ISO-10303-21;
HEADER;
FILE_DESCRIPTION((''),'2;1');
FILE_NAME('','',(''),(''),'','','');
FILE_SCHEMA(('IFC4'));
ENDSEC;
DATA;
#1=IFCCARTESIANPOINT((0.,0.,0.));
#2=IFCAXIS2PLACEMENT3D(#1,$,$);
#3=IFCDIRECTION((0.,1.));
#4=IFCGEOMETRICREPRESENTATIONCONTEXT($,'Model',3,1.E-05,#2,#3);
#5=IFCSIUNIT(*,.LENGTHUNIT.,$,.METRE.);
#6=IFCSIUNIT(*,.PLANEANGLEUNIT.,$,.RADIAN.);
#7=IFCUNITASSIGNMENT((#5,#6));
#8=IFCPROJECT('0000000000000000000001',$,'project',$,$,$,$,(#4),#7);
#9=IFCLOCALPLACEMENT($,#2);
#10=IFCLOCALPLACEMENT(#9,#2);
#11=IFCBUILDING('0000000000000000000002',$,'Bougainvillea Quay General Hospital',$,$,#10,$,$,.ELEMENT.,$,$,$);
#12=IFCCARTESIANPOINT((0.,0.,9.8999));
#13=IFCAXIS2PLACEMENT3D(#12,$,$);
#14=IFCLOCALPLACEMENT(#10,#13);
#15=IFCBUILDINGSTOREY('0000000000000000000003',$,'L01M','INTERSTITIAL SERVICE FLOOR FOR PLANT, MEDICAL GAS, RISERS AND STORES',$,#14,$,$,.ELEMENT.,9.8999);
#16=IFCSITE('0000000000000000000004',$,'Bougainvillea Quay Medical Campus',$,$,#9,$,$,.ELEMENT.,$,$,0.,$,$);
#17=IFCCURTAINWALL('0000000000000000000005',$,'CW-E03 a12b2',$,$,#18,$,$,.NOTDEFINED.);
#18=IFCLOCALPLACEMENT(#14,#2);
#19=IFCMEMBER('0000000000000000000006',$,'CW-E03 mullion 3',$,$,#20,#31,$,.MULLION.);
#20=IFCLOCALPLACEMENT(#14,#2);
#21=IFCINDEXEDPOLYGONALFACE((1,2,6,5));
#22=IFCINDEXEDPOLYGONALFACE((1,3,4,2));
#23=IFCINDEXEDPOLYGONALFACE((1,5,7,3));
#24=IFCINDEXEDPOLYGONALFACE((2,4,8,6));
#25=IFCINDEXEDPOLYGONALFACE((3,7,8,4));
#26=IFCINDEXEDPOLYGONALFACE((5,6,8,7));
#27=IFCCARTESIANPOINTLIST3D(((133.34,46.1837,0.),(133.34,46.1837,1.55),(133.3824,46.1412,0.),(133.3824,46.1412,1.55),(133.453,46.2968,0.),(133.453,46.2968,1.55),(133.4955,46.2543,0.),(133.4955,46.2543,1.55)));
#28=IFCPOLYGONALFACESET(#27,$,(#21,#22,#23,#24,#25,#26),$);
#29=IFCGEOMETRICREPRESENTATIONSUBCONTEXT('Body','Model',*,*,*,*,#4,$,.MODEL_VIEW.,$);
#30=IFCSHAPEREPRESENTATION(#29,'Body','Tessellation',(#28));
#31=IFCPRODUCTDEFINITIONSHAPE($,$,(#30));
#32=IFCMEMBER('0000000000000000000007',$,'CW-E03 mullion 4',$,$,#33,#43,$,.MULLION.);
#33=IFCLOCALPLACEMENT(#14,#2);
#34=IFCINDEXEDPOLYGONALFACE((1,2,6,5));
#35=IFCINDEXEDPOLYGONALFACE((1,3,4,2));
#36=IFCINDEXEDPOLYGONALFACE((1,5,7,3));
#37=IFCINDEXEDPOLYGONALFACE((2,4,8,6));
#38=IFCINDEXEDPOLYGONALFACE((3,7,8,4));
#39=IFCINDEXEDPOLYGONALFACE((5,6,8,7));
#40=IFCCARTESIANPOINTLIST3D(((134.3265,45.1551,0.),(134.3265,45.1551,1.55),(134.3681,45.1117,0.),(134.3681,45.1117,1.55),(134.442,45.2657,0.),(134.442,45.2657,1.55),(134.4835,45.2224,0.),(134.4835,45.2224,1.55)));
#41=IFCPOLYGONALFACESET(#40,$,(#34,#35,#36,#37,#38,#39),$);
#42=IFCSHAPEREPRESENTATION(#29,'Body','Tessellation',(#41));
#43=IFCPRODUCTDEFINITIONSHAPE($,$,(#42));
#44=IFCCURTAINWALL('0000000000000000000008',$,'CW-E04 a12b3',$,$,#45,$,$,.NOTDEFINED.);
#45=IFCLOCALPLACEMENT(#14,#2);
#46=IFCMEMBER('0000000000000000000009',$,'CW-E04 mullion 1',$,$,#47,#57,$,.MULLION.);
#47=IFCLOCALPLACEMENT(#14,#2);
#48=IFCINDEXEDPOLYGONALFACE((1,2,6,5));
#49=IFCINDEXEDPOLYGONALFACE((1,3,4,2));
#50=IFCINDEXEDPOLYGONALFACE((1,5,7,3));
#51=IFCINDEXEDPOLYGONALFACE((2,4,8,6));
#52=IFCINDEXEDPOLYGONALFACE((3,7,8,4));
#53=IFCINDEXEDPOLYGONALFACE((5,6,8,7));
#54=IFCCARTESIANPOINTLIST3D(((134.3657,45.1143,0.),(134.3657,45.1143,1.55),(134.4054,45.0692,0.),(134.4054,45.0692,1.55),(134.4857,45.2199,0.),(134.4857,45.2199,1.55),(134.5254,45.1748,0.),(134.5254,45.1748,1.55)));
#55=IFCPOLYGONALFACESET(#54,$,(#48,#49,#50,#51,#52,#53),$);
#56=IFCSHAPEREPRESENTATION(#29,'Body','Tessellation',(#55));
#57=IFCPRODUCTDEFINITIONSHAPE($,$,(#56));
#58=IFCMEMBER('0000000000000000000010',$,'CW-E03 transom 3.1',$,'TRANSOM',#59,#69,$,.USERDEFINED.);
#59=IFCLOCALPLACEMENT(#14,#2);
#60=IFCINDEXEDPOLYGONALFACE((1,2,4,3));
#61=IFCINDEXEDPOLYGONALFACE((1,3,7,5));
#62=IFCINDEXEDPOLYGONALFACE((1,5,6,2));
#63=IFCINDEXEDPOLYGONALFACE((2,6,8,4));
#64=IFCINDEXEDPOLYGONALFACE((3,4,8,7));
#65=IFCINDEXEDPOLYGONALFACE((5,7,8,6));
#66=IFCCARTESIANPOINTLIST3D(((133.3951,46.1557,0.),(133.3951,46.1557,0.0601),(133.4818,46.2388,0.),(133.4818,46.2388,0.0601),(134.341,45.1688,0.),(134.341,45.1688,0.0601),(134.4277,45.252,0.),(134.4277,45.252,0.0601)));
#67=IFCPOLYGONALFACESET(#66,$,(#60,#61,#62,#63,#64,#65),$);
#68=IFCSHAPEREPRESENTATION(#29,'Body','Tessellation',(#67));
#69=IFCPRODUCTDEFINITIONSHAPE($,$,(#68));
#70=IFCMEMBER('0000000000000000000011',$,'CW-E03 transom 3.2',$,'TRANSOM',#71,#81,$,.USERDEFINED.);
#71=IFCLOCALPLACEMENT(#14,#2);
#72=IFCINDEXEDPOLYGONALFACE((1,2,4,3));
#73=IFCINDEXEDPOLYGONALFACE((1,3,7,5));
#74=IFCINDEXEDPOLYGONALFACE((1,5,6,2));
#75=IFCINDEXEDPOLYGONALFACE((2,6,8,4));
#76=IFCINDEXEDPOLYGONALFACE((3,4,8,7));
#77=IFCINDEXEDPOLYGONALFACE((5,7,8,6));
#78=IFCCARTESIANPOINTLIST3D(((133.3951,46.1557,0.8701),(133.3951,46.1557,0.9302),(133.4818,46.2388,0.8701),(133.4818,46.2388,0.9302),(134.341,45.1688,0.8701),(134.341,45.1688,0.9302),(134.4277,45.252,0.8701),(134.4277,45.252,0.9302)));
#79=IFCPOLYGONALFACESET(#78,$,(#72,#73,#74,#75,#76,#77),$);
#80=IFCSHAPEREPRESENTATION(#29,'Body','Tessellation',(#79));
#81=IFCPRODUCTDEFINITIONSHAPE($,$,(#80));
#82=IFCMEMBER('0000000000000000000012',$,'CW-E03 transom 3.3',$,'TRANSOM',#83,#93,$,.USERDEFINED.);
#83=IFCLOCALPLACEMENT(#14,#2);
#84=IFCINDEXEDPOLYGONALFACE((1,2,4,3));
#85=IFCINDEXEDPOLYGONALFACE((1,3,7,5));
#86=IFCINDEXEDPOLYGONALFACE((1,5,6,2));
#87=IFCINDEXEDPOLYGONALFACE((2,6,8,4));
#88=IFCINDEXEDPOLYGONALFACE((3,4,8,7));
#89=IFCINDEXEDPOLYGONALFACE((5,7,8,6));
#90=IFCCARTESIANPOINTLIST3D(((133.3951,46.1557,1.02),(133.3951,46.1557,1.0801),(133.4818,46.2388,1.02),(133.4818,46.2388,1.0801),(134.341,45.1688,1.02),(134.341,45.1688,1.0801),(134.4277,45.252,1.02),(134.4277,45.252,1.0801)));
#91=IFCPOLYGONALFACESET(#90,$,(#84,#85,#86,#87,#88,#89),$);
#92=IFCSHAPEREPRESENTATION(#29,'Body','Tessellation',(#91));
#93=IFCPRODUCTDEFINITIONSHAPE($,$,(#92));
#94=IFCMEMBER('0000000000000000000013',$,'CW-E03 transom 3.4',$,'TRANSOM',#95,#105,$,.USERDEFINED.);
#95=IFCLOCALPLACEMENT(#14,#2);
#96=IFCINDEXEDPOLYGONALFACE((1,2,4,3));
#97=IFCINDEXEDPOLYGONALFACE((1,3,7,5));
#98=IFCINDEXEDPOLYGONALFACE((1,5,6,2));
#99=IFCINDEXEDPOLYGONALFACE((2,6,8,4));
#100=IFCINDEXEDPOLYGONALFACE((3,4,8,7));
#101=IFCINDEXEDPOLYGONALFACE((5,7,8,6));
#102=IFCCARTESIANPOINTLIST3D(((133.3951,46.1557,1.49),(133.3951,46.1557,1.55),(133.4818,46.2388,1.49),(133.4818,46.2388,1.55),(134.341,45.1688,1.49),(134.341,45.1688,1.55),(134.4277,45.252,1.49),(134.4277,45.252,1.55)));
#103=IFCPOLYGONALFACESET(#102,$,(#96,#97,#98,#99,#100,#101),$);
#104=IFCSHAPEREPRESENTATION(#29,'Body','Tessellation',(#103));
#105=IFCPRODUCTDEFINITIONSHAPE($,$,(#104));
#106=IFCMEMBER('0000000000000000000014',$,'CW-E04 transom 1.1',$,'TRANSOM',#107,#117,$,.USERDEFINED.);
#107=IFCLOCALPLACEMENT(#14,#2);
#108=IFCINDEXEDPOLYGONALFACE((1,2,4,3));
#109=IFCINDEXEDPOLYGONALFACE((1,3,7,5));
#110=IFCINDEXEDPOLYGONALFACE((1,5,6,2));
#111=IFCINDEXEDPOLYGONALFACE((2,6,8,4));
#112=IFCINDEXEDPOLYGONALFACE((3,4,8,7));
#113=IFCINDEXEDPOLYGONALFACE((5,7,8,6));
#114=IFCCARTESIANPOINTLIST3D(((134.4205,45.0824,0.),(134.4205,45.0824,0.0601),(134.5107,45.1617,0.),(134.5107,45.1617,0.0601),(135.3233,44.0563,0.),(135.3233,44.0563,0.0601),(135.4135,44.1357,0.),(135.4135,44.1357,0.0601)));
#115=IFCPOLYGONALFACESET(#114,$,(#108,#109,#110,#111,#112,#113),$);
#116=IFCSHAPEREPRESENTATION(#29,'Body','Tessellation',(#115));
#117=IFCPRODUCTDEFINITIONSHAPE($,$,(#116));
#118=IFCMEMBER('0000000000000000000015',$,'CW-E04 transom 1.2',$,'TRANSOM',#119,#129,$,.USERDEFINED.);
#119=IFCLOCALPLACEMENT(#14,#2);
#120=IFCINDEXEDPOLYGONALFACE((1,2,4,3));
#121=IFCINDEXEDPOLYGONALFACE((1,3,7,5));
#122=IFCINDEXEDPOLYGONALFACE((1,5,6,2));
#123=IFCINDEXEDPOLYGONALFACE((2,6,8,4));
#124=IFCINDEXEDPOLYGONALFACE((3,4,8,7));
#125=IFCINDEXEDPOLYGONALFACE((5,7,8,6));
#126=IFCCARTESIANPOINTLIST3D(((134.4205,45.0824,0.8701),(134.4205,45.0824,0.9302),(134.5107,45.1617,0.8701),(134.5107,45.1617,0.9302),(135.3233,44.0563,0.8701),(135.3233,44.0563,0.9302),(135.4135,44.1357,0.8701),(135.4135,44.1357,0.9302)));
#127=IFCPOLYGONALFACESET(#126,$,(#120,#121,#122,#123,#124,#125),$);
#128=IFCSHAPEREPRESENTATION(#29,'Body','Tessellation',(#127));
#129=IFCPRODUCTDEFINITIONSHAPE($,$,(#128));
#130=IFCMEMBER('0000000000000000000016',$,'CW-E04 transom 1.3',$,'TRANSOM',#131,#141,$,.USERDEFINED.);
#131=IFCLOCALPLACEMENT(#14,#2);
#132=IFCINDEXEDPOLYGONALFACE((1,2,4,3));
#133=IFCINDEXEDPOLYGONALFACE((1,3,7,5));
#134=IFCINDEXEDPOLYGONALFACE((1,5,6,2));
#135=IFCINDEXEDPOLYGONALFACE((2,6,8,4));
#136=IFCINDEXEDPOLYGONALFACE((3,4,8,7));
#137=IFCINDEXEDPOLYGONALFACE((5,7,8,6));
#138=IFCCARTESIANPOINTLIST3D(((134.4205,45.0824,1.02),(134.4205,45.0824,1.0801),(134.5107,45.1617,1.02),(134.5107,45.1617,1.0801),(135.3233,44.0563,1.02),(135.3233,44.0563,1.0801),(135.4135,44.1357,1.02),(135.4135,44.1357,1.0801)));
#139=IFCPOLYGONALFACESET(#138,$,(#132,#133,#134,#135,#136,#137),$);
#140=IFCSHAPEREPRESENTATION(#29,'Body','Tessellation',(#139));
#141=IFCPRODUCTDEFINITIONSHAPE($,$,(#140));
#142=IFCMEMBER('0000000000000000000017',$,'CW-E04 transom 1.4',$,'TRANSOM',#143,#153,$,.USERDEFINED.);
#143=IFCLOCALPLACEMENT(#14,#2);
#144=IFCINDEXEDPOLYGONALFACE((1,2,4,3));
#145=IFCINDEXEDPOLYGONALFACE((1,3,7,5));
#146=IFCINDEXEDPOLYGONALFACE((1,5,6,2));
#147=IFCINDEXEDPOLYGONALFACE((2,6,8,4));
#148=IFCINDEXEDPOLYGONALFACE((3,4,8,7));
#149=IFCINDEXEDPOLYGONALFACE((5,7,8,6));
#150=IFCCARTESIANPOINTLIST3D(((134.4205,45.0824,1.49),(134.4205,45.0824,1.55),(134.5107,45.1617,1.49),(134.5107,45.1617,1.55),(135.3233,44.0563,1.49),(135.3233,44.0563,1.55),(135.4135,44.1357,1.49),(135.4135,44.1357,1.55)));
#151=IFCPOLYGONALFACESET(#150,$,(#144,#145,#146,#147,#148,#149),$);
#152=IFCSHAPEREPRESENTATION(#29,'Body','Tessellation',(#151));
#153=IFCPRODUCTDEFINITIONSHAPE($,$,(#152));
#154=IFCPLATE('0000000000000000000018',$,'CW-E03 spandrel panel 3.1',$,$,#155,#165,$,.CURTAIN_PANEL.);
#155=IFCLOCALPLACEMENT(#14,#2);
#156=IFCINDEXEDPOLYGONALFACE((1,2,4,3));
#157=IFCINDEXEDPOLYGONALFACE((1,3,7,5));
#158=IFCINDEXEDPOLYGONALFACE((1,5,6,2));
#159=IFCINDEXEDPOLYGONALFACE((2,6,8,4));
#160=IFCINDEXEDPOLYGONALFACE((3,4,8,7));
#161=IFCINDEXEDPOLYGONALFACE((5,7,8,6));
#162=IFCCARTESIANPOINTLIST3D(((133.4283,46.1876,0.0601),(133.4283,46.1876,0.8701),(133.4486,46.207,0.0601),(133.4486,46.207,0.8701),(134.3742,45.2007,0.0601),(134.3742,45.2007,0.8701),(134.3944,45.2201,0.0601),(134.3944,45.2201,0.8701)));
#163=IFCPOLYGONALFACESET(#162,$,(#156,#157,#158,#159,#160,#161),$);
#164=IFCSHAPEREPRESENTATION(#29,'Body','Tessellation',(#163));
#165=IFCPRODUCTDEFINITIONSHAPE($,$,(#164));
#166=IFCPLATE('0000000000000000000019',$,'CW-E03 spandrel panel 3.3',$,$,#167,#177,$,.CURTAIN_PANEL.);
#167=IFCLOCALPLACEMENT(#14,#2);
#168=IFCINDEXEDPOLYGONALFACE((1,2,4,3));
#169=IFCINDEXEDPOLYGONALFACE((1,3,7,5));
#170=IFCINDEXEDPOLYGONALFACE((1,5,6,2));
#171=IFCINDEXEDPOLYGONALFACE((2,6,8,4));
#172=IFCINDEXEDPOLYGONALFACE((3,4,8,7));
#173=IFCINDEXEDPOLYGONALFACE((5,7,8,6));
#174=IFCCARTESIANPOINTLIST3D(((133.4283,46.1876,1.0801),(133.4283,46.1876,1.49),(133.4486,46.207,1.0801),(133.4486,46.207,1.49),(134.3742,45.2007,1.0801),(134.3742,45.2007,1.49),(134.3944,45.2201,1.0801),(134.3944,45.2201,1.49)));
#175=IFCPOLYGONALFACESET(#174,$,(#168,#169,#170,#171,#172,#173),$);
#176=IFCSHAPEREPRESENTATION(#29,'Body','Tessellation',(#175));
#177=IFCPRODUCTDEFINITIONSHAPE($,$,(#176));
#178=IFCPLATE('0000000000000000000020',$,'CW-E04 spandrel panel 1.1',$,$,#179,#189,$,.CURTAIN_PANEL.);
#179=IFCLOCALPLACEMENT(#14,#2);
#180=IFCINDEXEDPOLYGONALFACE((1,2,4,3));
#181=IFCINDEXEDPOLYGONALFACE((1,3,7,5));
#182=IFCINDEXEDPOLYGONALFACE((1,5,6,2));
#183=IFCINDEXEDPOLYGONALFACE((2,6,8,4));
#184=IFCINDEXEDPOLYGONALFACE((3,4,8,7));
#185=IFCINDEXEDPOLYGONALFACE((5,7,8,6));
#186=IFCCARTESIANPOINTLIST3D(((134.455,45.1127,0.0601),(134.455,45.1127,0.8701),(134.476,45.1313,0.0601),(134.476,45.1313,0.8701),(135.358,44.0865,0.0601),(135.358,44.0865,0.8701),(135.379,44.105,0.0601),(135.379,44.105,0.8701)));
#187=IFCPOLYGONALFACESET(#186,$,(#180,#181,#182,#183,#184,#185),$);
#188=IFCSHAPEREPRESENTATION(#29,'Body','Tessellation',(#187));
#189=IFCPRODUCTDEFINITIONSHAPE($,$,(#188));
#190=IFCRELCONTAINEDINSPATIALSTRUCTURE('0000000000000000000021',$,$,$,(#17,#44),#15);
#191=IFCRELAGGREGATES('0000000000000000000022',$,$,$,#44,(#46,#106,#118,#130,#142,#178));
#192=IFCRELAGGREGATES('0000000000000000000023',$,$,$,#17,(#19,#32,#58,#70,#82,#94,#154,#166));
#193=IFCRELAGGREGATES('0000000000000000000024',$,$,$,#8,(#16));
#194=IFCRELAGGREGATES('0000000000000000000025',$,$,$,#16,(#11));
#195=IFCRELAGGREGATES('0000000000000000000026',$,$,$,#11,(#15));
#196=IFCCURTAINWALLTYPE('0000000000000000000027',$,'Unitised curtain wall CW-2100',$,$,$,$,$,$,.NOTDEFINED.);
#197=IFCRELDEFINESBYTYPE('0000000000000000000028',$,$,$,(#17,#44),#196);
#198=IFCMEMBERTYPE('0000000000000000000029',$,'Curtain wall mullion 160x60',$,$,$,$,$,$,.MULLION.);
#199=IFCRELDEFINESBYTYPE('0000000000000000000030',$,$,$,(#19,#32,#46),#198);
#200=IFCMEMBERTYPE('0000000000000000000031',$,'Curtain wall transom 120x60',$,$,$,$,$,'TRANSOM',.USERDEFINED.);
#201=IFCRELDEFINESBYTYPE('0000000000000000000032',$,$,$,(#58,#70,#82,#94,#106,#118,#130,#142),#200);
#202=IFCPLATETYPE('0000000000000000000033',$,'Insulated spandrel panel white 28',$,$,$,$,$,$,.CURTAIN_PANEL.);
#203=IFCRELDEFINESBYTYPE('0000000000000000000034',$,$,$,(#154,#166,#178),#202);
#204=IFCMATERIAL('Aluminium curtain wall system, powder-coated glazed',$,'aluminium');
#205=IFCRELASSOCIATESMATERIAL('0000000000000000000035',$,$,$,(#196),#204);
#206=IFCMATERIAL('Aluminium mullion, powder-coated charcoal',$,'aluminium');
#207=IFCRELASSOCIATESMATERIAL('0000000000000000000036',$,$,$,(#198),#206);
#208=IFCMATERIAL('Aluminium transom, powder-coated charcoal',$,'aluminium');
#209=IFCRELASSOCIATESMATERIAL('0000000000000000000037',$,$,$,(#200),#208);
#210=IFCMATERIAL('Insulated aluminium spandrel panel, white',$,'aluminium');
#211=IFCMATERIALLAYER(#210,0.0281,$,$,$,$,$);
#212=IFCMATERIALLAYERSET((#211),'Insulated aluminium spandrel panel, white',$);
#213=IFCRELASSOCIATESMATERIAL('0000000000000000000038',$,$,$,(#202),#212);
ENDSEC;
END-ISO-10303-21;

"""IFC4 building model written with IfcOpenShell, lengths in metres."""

from ifc_helpers import new_model, si_unit, direction, frame, origin, origin_2d, place, context, subcontext, project, spatial, rectangle, extrude, material, layer, layer_set, material_profile, profile_set, type_object, element, aggregate, save


model = new_model("IFC4")

# Units and contexts
model_context = context("Model", 3, precision=1e-05, world=origin(), true_north=direction((0.0, 1.0)))
body_context = subcontext(model_context, "Body", "Model", "MODEL_VIEW")
ifc_project = project(units=[si_unit("LENGTHUNIT", "METRE"), si_unit("PLANEANGLEUNIT", "RADIAN")], contexts=[model_context])

# Site, building, storey
site_placement = place(None, origin())
site = spatial("IfcSite", under=ifc_project, at=site_placement, Name="Bougainvillea Quay Medical Campus", CompositionType="ELEMENT", RefElevation=0.0)
building_placement = place(site_placement, origin())
building = spatial("IfcBuilding", under=site, at=building_placement, Name="Bougainvillea Quay General Hospital", CompositionType="ELEMENT")
storey_placement = place(building_placement, frame((0.0, 0.0, 9.8999)))
storey = spatial("IfcBuildingStorey", under=building, at=storey_placement, Name="L01M", Description="INTERSTITIAL SERVICE FLOOR FOR PLANT, MEDICAL GAS, RISERS AND STORES", CompositionType="ELEMENT", Elevation=9.8999)

# Curtain wall, members
ifc_material_1 = material(Name="Aluminium curtain wall system, powder-coated glazed", Category="aluminium")
curtain_wall_type = type_object("IfcCurtainWallType", Name="Unitised curtain wall CW-2100", PredefinedType="NOTDEFINED", material=ifc_material_1)
curtain_wall_1_placement = place(storey_placement, origin())
curtain_wall_1 = element("IfcCurtainWall", 1, at=curtain_wall_1_placement, inside=storey, type_object=curtain_wall_type, Name="CW-E03 a12b2", PredefinedType="NOTDEFINED")
ifc_material_2 = material(Name="Aluminium mullion, powder-coated charcoal", Category="aluminium")
ifc_material_profile_1 = material_profile(ifc_material_2, rectangle(XDim=0.1599, YDim=0.0601, at=origin_2d()))
ifc_profile_set_1 = profile_set([ifc_material_profile_1], Name="Aluminium mullion, powder-coated charcoal")
member_type_1 = type_object("IfcMemberType", Name="Curtain wall mullion 160x60", PredefinedType="MULLION", material=ifc_profile_set_1)
member_1_placement = place(storey_placement, frame((133.4177, 46.219, 0.0), z_axis=(0.0, 0.0, 1.0), x_axis=(0.70709, 0.707123, 0.0)))
member_1 = element("IfcMember", 2, at=member_1_placement, type_object=member_type_1, Name="CW-E03 mullion 3", PredefinedType="MULLION", context=body_context, shape_type="SweptSolid", body=[
    extrude(rectangle(XDim=0.1599, YDim=0.0601, at=origin_2d()), origin(), (0.0, 0.0, 1.0), 1.55),
])
member_2_placement = place(storey_placement, frame((134.405, 45.1887, 0.0), z_axis=(0.0, 0.0, 1.0), x_axis=(0.72197, 0.691925, 0.0)))
member_2 = element("IfcMember", 3, at=member_2_placement, type_object=member_type_1, Name="CW-E03 mullion 4", PredefinedType="MULLION", context=body_context, shape_type="SweptSolid", body=[
    extrude(rectangle(XDim=0.1599, YDim=0.0601, at=origin_2d()), origin(), (0.0, 0.0, 1.0), 1.55),
])

# Curtain wall, member
curtain_wall_2_placement = place(storey_placement, origin())
curtain_wall_2 = element("IfcCurtainWall", 4, at=curtain_wall_2_placement, inside=storey, type_object=curtain_wall_type, Name="CW-E04 a12b3", PredefinedType="NOTDEFINED")
member_3_placement = place(storey_placement, frame((134.4456, 45.1445, 0.0), z_axis=(0.0, 0.0, 1.0), x_axis=(0.750742, 0.660596, 0.0)))
member_3 = element("IfcMember", 5, at=member_3_placement, type_object=member_type_1, Name="CW-E04 mullion 1", PredefinedType="MULLION", context=body_context, shape_type="SweptSolid", body=[
    extrude(rectangle(XDim=0.1599, YDim=0.0601, at=origin_2d()), origin(), (0.0, 0.0, 1.0), 1.55),
])

# Members
ifc_material_3 = material(Name="Aluminium transom, powder-coated charcoal", Category="aluminium")
ifc_material_profile_2 = material_profile(ifc_material_3, rectangle(XDim=0.1201, YDim=0.0601, at=origin_2d()))
ifc_profile_set_2 = profile_set([ifc_material_profile_2], Name="Aluminium transom, powder-coated charcoal")
member_type_2 = type_object("IfcMemberType", Name="Curtain wall transom 120x60", ElementType="TRANSOM", PredefinedType="USERDEFINED", material=ifc_profile_set_2)
member_4_placement = place(storey_placement, frame((133.4385, 46.1973, 0.03), z_axis=(0.691944, -0.721951, 0.0), x_axis=(0.721951, 0.691944, 0.0)))
member_4 = element("IfcMember", 6, at=member_4_placement, type_object=member_type_2, Name="CW-E03 transom 3.1", ObjectType="TRANSOM", PredefinedType="USERDEFINED", context=body_context, shape_type="SweptSolid", body=[
    extrude(rectangle(XDim=0.1201, YDim=0.0601, at=origin_2d()), origin(), (0.0, 0.0, 1.0), 1.3669),
])
member_5_placement = place(storey_placement, frame((133.4385, 46.1973, 0.9001), z_axis=(0.691944, -0.721951, 0.0), x_axis=(0.721951, 0.691944, 0.0)))
member_5 = element("IfcMember", 7, at=member_5_placement, type_object=member_type_2, Name="CW-E03 transom 3.2", ObjectType="TRANSOM", PredefinedType="USERDEFINED", context=body_context, shape_type="SweptSolid", body=[
    extrude(rectangle(XDim=0.1201, YDim=0.0601, at=origin_2d()), origin(), (0.0, 0.0, 1.0), 1.3669),
])
member_6_placement = place(storey_placement, frame((133.4385, 46.1973, 1.05), z_axis=(0.691944, -0.721951, 0.0), x_axis=(0.721951, 0.691944, 0.0)))
member_6 = element("IfcMember", 8, at=member_6_placement, type_object=member_type_2, Name="CW-E03 transom 3.3", ObjectType="TRANSOM", PredefinedType="USERDEFINED", context=body_context, shape_type="SweptSolid", body=[
    extrude(rectangle(XDim=0.1201, YDim=0.0601, at=origin_2d()), origin(), (0.0, 0.0, 1.0), 1.3669),
])
member_7_placement = place(storey_placement, frame((133.4385, 46.1973, 1.52), z_axis=(0.691944, -0.721951, 0.0), x_axis=(0.721951, 0.691944, 0.0)))
member_7 = element("IfcMember", 9, at=member_7_placement, type_object=member_type_2, Name="CW-E03 transom 3.4", ObjectType="TRANSOM", PredefinedType="USERDEFINED", context=body_context, shape_type="SweptSolid", body=[
    extrude(rectangle(XDim=0.1201, YDim=0.0601, at=origin_2d()), origin(), (0.0, 0.0, 1.0), 1.3669),
])
member_8_placement = place(storey_placement, frame((134.4656, 45.1221, 0.03), z_axis=(0.660563, -0.75077, 0.0), x_axis=(0.75077, 0.660563, 0.0)))
member_8 = element("IfcMember", 10, at=member_8_placement, type_object=member_type_2, Name="CW-E04 transom 1.1", ObjectType="TRANSOM", PredefinedType="USERDEFINED", context=body_context, shape_type="SweptSolid", body=[
    extrude(rectangle(XDim=0.1201, YDim=0.0601, at=origin_2d()), origin(), (0.0, 0.0, 1.0), 1.3667),
])
member_9_placement = place(storey_placement, frame((134.4656, 45.1221, 0.9001), z_axis=(0.660563, -0.75077, 0.0), x_axis=(0.75077, 0.660563, 0.0)))
member_9 = element("IfcMember", 11, at=member_9_placement, type_object=member_type_2, Name="CW-E04 transom 1.2", ObjectType="TRANSOM", PredefinedType="USERDEFINED", context=body_context, shape_type="SweptSolid", body=[
    extrude(rectangle(XDim=0.1201, YDim=0.0601, at=origin_2d()), origin(), (0.0, 0.0, 1.0), 1.3667),
])
member_10_placement = place(storey_placement, frame((134.4656, 45.1221, 1.05), z_axis=(0.660563, -0.75077, 0.0), x_axis=(0.75077, 0.660563, 0.0)))
member_10 = element("IfcMember", 12, at=member_10_placement, type_object=member_type_2, Name="CW-E04 transom 1.3", ObjectType="TRANSOM", PredefinedType="USERDEFINED", context=body_context, shape_type="SweptSolid", body=[
    extrude(rectangle(XDim=0.1201, YDim=0.0601, at=origin_2d()), origin(), (0.0, 0.0, 1.0), 1.3667),
])
member_11_placement = place(storey_placement, frame((134.4656, 45.1221, 1.52), z_axis=(0.660563, -0.75077, 0.0), x_axis=(0.75077, 0.660563, 0.0)))
member_11 = element("IfcMember", 13, at=member_11_placement, type_object=member_type_2, Name="CW-E04 transom 1.4", ObjectType="TRANSOM", PredefinedType="USERDEFINED", context=body_context, shape_type="SweptSolid", body=[
    extrude(rectangle(XDim=0.1201, YDim=0.0601, at=origin_2d()), origin(), (0.0, 0.0, 1.0), 1.3667),
])

# Plates
ifc_material_4 = material(Name="Insulated aluminium spandrel panel, white", Category="aluminium")
ifc_layer_1 = layer(ifc_material_4, 0.0281)
ifc_layer_set_1 = layer_set([ifc_layer_1], Name="Insulated aluminium spandrel panel, white")
plate_type_1 = type_object("IfcPlateType", Name="Insulated spandrel panel white 28", PredefinedType="CURTAIN_PANEL", material=ifc_layer_set_1)
plate_1_placement = place(storey_placement, frame((133.9114, 45.7039, 0.0601), z_axis=(0.0, 0.0, 1.0), x_axis=(0.691925, -0.72197, 0.0)))
plate_1 = element("IfcPlate", 14, at=plate_1_placement, type_object=plate_type_1, Name="CW-E03 spandrel panel 3.1", PredefinedType="CURTAIN_PANEL", context=body_context, shape_type="SweptSolid", body=[
    extrude(rectangle(XDim=1.3669, YDim=0.0281, at=origin_2d()), origin(), (0.0, 0.0, 1.0), 0.8101),
])
plate_2_placement = place(storey_placement, frame((133.9114, 45.7039, 1.0801), z_axis=(0.0, 0.0, 1.0), x_axis=(0.691925, -0.72197, 0.0)))
plate_2 = element("IfcPlate", 15, at=plate_2_placement, type_object=plate_type_1, Name="CW-E03 spandrel panel 3.3", PredefinedType="CURTAIN_PANEL", context=body_context, shape_type="SweptSolid", body=[
    extrude(rectangle(XDim=1.3669, YDim=0.0281, at=origin_2d()), origin(), (0.0, 0.0, 1.0), 0.4099),
])
plate_3_placement = place(storey_placement, frame((134.917, 44.6089, 0.0601), z_axis=(0.0, 0.0, 1.0), x_axis=(0.660596, -0.750742, 0.0)))
plate_3 = element("IfcPlate", 16, at=plate_3_placement, type_object=plate_type_1, Name="CW-E04 spandrel panel 1.1", PredefinedType="CURTAIN_PANEL", context=body_context, shape_type="SweptSolid", body=[
    extrude(rectangle(XDim=1.3669, YDim=0.0281, at=origin_2d()), origin(), (0.0, 0.0, 1.0), 0.8101),
])
aggregate(curtain_wall_2, [member_3, member_8, member_9, member_10, member_11, plate_3])
aggregate(curtain_wall_1, [member_1, member_2, member_4, member_5, member_6, member_7, plate_1, plate_2])

save(model, "model.ifc")
